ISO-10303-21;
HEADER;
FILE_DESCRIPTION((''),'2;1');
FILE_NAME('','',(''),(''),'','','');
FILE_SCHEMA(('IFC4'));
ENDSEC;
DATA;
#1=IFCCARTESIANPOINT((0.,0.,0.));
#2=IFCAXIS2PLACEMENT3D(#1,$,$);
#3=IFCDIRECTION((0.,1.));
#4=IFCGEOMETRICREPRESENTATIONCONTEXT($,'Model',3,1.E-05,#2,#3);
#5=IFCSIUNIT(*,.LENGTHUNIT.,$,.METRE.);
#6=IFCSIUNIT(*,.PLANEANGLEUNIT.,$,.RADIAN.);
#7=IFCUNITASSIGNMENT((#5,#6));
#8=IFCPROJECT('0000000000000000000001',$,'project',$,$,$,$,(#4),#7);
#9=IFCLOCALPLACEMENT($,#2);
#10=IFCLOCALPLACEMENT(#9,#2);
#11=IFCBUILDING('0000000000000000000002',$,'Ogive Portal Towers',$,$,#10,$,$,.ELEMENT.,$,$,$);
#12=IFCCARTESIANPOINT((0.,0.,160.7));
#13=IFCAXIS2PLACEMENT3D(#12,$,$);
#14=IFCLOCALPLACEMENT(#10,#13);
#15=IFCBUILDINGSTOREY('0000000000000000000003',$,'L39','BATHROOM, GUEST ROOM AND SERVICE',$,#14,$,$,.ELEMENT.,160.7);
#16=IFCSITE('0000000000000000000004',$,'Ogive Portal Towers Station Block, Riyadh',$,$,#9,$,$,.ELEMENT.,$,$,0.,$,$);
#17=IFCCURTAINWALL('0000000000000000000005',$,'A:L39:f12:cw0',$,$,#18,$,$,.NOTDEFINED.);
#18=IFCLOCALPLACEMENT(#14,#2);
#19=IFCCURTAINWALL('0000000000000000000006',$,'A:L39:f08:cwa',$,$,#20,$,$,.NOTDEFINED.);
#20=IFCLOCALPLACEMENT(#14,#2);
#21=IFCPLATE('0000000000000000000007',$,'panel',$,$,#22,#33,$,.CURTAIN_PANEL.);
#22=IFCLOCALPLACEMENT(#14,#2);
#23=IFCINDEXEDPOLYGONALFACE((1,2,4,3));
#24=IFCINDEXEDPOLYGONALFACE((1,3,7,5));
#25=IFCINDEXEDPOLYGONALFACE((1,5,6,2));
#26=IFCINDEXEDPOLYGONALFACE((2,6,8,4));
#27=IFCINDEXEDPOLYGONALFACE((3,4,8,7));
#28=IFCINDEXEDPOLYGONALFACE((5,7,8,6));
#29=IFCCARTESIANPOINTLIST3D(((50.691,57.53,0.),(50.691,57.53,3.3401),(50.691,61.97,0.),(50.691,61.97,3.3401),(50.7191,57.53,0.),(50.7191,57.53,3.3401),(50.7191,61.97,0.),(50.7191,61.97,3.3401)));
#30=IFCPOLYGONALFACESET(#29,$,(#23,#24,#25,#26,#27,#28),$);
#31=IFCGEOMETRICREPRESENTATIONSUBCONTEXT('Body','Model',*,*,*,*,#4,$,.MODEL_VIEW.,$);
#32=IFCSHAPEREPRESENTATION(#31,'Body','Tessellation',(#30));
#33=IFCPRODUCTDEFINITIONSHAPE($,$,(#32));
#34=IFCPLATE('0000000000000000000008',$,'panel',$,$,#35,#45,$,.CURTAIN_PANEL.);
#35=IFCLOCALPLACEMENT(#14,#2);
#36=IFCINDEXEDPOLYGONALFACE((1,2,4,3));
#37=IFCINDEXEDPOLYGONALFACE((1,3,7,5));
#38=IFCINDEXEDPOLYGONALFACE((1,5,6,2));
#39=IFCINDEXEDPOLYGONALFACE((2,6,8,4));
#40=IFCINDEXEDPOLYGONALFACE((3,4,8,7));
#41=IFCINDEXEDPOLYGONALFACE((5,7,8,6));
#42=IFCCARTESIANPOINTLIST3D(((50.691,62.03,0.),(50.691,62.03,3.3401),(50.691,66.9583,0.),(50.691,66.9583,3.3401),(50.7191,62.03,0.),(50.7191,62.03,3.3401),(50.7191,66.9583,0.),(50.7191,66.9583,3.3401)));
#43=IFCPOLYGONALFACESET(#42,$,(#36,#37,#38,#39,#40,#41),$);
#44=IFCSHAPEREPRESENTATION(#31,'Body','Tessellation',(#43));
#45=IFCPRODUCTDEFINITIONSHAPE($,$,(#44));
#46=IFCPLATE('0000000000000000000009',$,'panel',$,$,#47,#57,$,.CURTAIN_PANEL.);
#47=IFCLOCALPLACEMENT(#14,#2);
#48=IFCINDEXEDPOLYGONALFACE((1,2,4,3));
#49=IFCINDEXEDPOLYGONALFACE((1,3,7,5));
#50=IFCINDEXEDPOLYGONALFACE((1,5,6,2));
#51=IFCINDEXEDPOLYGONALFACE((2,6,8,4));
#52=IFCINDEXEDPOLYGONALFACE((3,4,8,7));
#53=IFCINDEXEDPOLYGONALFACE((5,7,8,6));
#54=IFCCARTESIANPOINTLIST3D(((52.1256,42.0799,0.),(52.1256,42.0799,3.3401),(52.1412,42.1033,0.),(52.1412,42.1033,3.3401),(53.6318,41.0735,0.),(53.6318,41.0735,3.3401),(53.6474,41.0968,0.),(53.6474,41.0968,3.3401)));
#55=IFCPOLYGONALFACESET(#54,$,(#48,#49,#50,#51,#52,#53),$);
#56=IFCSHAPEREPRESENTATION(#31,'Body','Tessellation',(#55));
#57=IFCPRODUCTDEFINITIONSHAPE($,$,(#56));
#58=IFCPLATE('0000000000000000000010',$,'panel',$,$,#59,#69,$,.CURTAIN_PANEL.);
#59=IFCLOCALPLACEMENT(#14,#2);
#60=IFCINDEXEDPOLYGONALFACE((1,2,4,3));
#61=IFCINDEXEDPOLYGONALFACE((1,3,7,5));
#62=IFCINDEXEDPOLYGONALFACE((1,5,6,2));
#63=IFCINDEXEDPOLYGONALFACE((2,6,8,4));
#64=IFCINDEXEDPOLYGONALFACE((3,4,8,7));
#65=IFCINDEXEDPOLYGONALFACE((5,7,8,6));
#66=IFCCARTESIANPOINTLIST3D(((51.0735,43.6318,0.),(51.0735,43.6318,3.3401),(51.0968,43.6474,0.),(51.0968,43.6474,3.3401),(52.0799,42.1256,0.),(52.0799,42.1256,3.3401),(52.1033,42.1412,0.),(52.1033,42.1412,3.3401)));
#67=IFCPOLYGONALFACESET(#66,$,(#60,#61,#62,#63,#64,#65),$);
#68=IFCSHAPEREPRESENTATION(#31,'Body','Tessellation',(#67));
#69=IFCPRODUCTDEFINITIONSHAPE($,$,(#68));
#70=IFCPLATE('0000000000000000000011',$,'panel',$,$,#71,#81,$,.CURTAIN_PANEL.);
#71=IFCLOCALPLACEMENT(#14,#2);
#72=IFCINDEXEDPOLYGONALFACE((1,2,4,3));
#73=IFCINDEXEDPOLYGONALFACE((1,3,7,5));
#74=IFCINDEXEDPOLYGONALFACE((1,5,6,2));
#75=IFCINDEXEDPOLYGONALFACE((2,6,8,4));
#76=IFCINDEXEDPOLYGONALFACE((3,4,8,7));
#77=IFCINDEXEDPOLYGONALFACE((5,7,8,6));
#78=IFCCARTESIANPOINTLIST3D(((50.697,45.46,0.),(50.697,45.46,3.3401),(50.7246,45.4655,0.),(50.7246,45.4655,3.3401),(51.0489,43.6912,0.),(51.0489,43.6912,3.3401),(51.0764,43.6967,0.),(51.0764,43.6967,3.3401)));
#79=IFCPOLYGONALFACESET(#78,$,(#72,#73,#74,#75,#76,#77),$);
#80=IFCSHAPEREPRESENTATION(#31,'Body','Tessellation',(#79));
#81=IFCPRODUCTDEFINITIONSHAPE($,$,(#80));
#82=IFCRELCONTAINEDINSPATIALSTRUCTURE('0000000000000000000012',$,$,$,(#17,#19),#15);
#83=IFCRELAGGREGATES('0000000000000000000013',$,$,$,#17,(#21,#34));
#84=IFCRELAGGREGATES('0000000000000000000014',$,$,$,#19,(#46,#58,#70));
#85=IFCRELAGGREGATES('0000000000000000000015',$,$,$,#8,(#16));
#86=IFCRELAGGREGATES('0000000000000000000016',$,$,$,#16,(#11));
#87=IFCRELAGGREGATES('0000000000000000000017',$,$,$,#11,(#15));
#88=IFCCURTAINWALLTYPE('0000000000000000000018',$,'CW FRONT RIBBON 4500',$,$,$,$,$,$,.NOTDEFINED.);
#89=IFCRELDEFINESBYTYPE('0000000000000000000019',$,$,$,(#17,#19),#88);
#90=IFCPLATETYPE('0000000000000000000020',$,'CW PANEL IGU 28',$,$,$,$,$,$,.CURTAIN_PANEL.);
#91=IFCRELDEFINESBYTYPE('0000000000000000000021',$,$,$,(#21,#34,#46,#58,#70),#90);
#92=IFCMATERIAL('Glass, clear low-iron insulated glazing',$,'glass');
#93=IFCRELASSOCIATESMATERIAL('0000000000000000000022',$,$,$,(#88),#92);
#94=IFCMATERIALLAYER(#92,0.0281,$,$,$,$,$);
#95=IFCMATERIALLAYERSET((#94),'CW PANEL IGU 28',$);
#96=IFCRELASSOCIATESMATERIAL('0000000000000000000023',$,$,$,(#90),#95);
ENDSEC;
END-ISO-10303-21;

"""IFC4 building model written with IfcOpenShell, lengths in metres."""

from ifc_helpers import new_model, si_unit, direction, frame, origin, origin_2d, place, context, subcontext, project, spatial, rectangle, extrude, material, layer, layer_set, type_object, element, aggregate, save


model = new_model("IFC4")

# Units and contexts
model_context = context("Model", 3, precision=1e-05, world=origin(), true_north=direction((0.0, 1.0)))
body_context = subcontext(model_context, "Body", "Model", "MODEL_VIEW")
ifc_project = project(units=[si_unit("LENGTHUNIT", "METRE"), si_unit("PLANEANGLEUNIT", "RADIAN")], contexts=[model_context])

# Site, building, storey
site_placement = place(None, origin())
site = spatial("IfcSite", under=ifc_project, at=site_placement, Name="Ogive Portal Towers Station Block, Riyadh", CompositionType="ELEMENT", RefElevation=0.0)
building_placement = place(site_placement, origin())
building = spatial("IfcBuilding", under=site, at=building_placement, Name="Ogive Portal Towers", CompositionType="ELEMENT")
storey_placement = place(building_placement, frame((0.0, 0.0, 160.7)))
storey = spatial("IfcBuildingStorey", under=building, at=storey_placement, Name="L39", Description="BATHROOM, GUEST ROOM AND SERVICE", CompositionType="ELEMENT", Elevation=160.7)

# Curtain walls
ifc_material_1 = material(Name="Glass, clear low-iron insulated glazing", Category="glass")
curtain_wall_type = type_object("IfcCurtainWallType", Name="CW FRONT RIBBON 4500", PredefinedType="NOTDEFINED", material=ifc_material_1)
curtain_wall_1_placement = place(storey_placement, origin())
curtain_wall_1 = element("IfcCurtainWall", 1, at=curtain_wall_1_placement, inside=storey, type_object=curtain_wall_type, Name="A:L39:f12:cw0", PredefinedType="NOTDEFINED")
curtain_wall_2_placement = place(storey_placement, origin())
curtain_wall_2 = element("IfcCurtainWall", 2, at=curtain_wall_2_placement, inside=storey, type_object=curtain_wall_type, Name="A:L39:f08:cwa", PredefinedType="NOTDEFINED")

# Plates
ifc_layer = layer(ifc_material_1, 0.0281)
ifc_layer_set = layer_set([ifc_layer], Name="CW PANEL IGU 28")
plate_type = type_object("IfcPlateType", Name="CW PANEL IGU 28", PredefinedType="CURTAIN_PANEL", material=ifc_layer_set)
plate_1_placement = place(storey_placement, frame((50.7051, 59.75, 0.0), z_axis=(0.0, 0.0, 1.0), x_axis=(0.0, 1.0, 0.0)))
plate_1 = element("IfcPlate", 3, at=plate_1_placement, type_object=plate_type, Name="panel", PredefinedType="CURTAIN_PANEL", context=body_context, shape_type="SweptSolid", body=[
    extrude(rectangle(XDim=4.4399, YDim=0.0281, at=origin_2d()), origin(), (0.0, 0.0, 1.0), 3.3401),
])
plate_2_placement = place(storey_placement, frame((50.7051, 64.4941, 0.0), z_axis=(0.0, 0.0, 1.0), x_axis=(0.0, 1.0, 0.0)))
plate_2 = element("IfcPlate", 4, at=plate_2_placement, type_object=plate_type, Name="panel", PredefinedType="CURTAIN_PANEL", context=body_context, shape_type="SweptSolid", body=[
    extrude(rectangle(XDim=4.9282, YDim=0.0281, at=origin_2d()), origin(), (0.0, 0.0, 1.0), 3.3401),
])
aggregate(curtain_wall_1, [plate_1, plate_2])
plate_3_placement = place(storey_placement, frame((52.8865, 41.5884, 0.0), z_axis=(0.0, 0.0, 1.0), x_axis=(-0.83147, 0.55557, 0.0)))
plate_3 = element("IfcPlate", 5, at=plate_3_placement, type_object=plate_type, Name="panel", PredefinedType="CURTAIN_PANEL", context=body_context, shape_type="SweptSolid", body=[
    extrude(rectangle(XDim=1.8115, YDim=0.0281, at=origin_2d()), origin(), (0.0, 0.0, 1.0), 3.3401),
])
plate_4_placement = place(storey_placement, frame((51.5884, 42.8865, 0.0), z_axis=(0.0, 0.0, 1.0), x_axis=(-0.55557, 0.83147, 0.0)))
plate_4 = element("IfcPlate", 6, at=plate_4_placement, type_object=plate_type, Name="panel", PredefinedType="CURTAIN_PANEL", context=body_context, shape_type="SweptSolid", body=[
    extrude(rectangle(XDim=1.8115, YDim=0.0281, at=origin_2d()), origin(), (0.0, 0.0, 1.0), 3.3401),
])
plate_5_placement = place(storey_placement, frame((50.8867, 44.5784, 0.0), z_axis=(0.0, 0.0, 1.0), x_axis=(-0.19509, 0.980785, 0.0)))
plate_5 = element("IfcPlate", 7, at=plate_5_placement, type_object=plate_type, Name="panel", PredefinedType="CURTAIN_PANEL", context=body_context, shape_type="SweptSolid", body=[
    extrude(rectangle(XDim=1.8035, YDim=0.0281, at=origin_2d()), origin(), (0.0, 0.0, 1.0), 3.3401),
])
aggregate(curtain_wall_2, [plate_3, plate_4, plate_5])

save(model, "model.ifc")
